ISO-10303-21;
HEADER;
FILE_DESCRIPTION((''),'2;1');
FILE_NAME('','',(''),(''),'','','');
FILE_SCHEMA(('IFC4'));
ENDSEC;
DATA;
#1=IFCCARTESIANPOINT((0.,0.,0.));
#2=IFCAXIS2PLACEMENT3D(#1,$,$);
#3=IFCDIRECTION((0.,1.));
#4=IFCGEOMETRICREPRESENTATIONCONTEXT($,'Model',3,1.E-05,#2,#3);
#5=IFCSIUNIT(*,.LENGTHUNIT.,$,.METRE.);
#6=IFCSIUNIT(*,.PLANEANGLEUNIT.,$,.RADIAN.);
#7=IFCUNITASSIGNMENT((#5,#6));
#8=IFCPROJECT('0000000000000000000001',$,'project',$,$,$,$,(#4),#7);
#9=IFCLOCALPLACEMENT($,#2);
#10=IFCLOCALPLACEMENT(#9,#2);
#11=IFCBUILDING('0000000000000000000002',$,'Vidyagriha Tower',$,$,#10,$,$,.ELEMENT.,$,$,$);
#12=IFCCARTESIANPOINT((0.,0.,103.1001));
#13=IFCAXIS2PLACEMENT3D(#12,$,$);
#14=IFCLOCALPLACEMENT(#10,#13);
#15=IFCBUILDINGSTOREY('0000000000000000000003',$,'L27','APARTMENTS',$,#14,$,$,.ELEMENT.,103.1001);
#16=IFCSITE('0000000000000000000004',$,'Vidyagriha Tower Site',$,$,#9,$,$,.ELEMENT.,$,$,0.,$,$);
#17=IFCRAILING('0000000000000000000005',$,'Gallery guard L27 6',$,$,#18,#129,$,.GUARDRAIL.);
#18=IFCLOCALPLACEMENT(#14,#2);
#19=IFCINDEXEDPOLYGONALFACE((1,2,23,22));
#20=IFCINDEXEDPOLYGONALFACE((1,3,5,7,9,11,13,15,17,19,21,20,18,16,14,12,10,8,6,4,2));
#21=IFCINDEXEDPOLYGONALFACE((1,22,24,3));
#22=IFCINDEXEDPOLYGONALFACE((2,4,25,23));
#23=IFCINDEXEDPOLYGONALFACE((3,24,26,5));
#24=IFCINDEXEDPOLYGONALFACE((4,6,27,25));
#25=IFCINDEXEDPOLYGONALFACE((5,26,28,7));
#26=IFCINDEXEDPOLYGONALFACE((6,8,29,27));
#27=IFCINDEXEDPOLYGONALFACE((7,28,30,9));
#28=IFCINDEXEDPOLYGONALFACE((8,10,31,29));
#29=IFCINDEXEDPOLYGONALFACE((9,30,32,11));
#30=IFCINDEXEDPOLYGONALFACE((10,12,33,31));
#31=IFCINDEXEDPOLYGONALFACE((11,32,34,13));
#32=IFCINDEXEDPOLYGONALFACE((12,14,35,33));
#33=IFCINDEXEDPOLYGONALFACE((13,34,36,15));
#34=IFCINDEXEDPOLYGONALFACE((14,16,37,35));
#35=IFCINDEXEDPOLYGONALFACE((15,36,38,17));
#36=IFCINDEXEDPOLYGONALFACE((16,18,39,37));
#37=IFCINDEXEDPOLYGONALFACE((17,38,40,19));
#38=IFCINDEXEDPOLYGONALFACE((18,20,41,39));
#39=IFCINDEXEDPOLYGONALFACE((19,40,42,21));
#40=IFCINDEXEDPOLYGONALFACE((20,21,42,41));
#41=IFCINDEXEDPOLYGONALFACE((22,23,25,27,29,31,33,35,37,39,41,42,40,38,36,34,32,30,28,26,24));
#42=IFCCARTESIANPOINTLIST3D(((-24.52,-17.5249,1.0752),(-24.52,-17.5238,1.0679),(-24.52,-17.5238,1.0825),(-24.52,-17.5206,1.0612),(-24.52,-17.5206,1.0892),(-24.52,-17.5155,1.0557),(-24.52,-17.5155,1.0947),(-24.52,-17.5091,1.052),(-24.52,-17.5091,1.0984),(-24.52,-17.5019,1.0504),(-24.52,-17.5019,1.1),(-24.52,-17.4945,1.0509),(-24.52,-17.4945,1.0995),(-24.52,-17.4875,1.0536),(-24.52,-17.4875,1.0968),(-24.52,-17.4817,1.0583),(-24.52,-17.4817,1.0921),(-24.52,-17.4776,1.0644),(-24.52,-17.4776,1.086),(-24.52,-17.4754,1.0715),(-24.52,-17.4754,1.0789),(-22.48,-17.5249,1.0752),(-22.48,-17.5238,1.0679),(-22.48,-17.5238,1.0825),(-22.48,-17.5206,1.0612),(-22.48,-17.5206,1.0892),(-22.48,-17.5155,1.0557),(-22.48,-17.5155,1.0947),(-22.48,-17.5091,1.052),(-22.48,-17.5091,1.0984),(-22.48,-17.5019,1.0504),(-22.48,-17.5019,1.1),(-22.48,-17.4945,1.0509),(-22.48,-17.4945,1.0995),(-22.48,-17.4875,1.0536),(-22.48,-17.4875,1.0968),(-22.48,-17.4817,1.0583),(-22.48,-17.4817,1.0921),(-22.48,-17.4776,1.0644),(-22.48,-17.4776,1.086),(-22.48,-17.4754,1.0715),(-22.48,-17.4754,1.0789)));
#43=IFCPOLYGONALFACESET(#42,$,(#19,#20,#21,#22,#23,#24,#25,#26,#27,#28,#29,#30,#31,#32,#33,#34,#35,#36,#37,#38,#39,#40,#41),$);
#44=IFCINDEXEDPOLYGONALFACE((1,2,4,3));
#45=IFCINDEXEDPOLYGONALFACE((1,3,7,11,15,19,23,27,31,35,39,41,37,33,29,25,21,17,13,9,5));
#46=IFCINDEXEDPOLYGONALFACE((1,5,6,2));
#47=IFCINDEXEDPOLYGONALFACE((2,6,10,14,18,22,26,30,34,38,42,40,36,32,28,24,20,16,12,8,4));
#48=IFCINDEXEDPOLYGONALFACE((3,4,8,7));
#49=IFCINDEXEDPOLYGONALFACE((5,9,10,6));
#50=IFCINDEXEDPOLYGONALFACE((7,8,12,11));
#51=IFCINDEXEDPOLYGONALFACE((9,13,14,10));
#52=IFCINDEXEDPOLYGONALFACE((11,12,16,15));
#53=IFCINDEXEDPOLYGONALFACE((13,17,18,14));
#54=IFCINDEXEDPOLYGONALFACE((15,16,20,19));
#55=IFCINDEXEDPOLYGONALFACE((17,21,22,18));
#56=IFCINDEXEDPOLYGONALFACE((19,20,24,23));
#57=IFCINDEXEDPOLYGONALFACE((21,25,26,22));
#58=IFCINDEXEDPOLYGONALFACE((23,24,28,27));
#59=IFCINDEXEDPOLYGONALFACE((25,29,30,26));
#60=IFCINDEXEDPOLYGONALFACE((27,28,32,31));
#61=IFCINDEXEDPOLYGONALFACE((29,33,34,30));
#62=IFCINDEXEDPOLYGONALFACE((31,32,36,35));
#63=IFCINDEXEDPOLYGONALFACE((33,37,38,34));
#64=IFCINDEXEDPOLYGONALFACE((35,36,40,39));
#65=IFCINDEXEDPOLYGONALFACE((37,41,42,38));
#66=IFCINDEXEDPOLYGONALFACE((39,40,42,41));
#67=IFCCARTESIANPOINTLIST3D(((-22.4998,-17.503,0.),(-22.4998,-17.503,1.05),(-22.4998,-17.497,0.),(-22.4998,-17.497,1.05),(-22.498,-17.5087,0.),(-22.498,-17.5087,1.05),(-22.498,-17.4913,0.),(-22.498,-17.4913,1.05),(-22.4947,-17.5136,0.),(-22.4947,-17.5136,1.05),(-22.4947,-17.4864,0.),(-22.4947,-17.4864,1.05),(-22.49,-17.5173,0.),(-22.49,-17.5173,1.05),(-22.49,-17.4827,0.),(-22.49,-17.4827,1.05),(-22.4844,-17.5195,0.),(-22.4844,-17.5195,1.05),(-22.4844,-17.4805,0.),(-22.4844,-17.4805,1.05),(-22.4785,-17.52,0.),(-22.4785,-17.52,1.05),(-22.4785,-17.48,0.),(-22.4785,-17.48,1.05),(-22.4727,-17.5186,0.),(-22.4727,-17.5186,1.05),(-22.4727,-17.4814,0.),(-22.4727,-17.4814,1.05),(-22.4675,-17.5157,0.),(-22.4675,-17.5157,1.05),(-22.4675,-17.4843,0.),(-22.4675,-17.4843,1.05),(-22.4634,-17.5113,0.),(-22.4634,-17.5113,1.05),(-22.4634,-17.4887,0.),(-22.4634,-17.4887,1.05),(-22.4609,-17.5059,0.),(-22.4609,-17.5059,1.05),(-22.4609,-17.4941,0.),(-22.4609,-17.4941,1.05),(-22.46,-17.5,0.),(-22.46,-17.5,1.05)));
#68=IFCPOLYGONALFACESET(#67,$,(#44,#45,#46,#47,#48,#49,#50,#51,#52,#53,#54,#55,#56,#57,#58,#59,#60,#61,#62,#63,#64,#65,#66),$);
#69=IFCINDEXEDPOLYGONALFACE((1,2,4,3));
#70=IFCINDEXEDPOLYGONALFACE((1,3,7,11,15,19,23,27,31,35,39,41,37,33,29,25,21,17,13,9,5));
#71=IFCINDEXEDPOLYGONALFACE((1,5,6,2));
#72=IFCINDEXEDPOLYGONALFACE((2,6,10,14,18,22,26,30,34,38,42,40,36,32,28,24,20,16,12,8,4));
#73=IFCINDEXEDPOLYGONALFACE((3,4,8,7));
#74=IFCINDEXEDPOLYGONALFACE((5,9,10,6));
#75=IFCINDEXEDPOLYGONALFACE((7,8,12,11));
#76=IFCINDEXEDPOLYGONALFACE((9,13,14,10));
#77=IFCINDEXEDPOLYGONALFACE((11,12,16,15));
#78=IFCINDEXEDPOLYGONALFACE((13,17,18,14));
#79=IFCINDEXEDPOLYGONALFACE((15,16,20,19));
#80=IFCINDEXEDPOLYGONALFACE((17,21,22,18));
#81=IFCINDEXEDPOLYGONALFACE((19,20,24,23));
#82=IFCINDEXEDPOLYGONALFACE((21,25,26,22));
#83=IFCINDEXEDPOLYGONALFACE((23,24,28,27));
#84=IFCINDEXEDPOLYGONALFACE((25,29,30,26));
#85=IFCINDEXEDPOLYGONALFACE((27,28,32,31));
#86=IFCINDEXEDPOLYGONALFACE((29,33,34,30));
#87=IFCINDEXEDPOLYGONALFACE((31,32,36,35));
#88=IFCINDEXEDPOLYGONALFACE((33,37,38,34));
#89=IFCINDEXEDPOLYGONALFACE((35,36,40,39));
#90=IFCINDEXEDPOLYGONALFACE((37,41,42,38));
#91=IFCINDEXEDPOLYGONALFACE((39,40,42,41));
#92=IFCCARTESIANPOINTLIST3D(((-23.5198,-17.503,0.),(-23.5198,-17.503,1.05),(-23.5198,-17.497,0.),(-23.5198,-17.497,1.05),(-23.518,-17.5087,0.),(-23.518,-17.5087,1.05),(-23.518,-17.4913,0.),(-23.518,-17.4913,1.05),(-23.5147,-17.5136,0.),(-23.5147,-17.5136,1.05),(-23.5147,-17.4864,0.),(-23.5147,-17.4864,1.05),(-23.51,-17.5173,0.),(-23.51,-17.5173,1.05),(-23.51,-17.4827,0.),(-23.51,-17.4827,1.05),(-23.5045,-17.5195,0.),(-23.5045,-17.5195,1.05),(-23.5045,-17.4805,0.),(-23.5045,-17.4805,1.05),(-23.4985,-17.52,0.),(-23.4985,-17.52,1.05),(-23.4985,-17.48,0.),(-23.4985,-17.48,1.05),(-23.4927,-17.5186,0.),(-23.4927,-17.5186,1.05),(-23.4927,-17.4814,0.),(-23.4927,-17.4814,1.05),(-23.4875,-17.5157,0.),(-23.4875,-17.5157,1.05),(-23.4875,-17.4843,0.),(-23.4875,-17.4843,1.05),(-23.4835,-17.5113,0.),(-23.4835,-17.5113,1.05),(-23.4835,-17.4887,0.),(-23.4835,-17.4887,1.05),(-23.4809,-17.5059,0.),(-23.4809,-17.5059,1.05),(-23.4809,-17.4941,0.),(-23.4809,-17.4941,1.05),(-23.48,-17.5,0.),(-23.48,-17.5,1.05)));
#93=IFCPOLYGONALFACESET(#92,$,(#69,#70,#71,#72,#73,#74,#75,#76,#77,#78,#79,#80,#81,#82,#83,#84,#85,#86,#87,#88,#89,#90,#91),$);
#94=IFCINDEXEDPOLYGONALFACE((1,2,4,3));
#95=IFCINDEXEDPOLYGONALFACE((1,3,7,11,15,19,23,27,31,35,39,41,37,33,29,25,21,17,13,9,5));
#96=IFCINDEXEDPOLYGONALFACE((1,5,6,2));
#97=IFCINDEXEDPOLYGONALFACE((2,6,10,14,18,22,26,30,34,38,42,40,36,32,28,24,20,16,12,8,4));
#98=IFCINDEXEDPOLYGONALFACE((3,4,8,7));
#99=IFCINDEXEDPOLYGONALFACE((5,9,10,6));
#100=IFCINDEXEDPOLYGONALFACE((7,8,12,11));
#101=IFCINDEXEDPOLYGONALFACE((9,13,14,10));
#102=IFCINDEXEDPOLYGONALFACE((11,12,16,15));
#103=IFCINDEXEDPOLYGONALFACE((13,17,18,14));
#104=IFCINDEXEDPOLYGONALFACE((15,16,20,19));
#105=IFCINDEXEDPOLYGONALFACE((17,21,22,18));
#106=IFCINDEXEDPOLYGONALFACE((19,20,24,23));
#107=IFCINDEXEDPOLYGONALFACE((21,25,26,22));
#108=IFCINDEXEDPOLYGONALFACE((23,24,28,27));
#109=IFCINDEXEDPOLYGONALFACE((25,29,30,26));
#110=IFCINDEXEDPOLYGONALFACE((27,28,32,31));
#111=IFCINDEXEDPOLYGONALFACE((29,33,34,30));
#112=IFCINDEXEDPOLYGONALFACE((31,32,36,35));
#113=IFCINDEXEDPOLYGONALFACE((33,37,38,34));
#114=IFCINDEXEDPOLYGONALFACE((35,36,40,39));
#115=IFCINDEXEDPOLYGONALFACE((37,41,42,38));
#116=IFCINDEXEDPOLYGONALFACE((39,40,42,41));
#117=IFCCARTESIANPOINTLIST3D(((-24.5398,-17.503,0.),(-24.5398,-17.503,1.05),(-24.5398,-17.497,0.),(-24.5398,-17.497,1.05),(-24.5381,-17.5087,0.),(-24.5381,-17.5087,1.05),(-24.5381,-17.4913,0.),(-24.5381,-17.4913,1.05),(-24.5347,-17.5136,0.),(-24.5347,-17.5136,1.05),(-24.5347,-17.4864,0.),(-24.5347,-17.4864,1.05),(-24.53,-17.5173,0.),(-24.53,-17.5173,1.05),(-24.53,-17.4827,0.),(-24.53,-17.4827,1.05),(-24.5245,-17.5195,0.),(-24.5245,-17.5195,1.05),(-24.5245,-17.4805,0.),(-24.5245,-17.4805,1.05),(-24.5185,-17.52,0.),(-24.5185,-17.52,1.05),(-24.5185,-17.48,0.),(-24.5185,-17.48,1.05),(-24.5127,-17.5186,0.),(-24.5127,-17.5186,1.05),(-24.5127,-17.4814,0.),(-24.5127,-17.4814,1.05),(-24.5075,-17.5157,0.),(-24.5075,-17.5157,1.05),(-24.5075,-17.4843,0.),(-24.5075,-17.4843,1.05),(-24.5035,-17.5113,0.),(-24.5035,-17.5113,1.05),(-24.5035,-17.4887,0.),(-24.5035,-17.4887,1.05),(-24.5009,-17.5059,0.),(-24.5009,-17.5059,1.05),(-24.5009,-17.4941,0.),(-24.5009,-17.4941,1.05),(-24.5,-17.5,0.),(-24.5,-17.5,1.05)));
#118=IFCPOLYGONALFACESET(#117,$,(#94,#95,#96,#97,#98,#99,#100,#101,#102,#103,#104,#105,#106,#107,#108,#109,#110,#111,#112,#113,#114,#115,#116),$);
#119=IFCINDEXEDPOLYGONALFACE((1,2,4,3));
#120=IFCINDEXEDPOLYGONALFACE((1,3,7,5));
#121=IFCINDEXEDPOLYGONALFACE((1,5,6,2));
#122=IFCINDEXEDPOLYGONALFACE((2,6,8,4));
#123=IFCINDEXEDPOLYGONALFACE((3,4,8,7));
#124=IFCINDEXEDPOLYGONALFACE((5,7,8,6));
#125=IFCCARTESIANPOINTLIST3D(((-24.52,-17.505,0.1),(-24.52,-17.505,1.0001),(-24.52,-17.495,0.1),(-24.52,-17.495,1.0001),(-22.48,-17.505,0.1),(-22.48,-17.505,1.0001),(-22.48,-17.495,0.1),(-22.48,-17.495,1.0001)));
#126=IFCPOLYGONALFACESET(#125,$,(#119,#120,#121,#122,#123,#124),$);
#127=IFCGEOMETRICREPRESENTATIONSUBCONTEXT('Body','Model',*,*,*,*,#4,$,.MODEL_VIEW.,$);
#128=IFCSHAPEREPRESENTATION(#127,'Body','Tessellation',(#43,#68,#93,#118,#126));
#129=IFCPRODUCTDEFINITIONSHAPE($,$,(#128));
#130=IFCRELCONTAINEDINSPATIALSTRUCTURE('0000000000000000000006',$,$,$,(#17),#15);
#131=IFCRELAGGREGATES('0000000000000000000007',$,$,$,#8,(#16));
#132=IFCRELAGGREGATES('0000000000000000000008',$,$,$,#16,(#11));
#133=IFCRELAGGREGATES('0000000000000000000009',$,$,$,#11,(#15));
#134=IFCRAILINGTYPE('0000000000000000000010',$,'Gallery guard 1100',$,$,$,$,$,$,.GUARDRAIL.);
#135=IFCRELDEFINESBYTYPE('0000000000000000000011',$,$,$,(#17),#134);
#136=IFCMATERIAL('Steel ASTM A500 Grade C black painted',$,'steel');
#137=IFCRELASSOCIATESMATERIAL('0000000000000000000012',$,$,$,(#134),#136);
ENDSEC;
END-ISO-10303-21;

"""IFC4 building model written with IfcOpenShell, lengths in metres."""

from ifc_helpers import new_model, si_unit, direction, frame, origin, origin_2d, place, context, subcontext, project, spatial, rectangle, circle, extrude, material, type_object, element, save


model = new_model("IFC4")

# Units and contexts
model_context = context("Model", 3, precision=1e-05, world=origin(), true_north=direction((0.0, 1.0)))
body_context = subcontext(model_context, "Body", "Model", "MODEL_VIEW")
ifc_project = project(units=[si_unit("LENGTHUNIT", "METRE"), si_unit("PLANEANGLEUNIT", "RADIAN")], contexts=[model_context])

# Site, building, storey
site_placement = place(None, origin())
site = spatial("IfcSite", under=ifc_project, at=site_placement, Name="Vidyagriha Tower Site", CompositionType="ELEMENT", RefElevation=0.0)
building_placement = place(site_placement, origin())
building = spatial("IfcBuilding", under=site, at=building_placement, Name="Vidyagriha Tower", CompositionType="ELEMENT")
storey_placement = place(building_placement, frame((0.0, 0.0, 103.1001)))
storey = spatial("IfcBuildingStorey", under=building, at=storey_placement, Name="L27", Description="APARTMENTS", CompositionType="ELEMENT", Elevation=103.1001)

# Railing
ifc_material_1 = material(Name="Steel ASTM A500 Grade C black painted", Category="steel")
railing_type_1 = type_object("IfcRailingType", Name="Gallery guard 1100", PredefinedType="GUARDRAIL", material=ifc_material_1)
railing_1_placement = place(storey_placement, frame((-22.48, -17.5, 0.0)))
element("IfcRailing", 1, at=railing_1_placement, inside=storey, type_object=railing_type_1, Name="Gallery guard L27 6", PredefinedType="GUARDRAIL", context=body_context, shape_type="SweptSolid", body=[
    extrude(circle(Radius=0.0249, at=origin_2d()), frame((0.0, 0.0, 1.0752), z_axis=(-1.0, 0.0, 0.0), x_axis=(0.0, -1.0, 0.0)), (0.0, 0.0, 1.0), 2.04),
    extrude(circle(Radius=0.02, at=origin_2d()), origin(), (0.0, 0.0, 1.0), 1.05),
    extrude(circle(Radius=0.02, at=origin_2d()), frame((-1.02, 0.0, 0.0)), (0.0, 0.0, 1.0), 1.05),
    extrude(circle(Radius=0.02, at=origin_2d()), frame((-2.04, 0.0, 0.0)), (0.0, 0.0, 1.0), 1.05),
    extrude(rectangle(XDim=0.01, YDim=0.9001, at=origin_2d()), frame((0.0, 0.0, 0.55), z_axis=(-1.0, 0.0, 0.0), x_axis=(0.0, -1.0, 0.0)), (0.0, 0.0, 1.0), 2.04),
])

save(model, "model.ifc")
